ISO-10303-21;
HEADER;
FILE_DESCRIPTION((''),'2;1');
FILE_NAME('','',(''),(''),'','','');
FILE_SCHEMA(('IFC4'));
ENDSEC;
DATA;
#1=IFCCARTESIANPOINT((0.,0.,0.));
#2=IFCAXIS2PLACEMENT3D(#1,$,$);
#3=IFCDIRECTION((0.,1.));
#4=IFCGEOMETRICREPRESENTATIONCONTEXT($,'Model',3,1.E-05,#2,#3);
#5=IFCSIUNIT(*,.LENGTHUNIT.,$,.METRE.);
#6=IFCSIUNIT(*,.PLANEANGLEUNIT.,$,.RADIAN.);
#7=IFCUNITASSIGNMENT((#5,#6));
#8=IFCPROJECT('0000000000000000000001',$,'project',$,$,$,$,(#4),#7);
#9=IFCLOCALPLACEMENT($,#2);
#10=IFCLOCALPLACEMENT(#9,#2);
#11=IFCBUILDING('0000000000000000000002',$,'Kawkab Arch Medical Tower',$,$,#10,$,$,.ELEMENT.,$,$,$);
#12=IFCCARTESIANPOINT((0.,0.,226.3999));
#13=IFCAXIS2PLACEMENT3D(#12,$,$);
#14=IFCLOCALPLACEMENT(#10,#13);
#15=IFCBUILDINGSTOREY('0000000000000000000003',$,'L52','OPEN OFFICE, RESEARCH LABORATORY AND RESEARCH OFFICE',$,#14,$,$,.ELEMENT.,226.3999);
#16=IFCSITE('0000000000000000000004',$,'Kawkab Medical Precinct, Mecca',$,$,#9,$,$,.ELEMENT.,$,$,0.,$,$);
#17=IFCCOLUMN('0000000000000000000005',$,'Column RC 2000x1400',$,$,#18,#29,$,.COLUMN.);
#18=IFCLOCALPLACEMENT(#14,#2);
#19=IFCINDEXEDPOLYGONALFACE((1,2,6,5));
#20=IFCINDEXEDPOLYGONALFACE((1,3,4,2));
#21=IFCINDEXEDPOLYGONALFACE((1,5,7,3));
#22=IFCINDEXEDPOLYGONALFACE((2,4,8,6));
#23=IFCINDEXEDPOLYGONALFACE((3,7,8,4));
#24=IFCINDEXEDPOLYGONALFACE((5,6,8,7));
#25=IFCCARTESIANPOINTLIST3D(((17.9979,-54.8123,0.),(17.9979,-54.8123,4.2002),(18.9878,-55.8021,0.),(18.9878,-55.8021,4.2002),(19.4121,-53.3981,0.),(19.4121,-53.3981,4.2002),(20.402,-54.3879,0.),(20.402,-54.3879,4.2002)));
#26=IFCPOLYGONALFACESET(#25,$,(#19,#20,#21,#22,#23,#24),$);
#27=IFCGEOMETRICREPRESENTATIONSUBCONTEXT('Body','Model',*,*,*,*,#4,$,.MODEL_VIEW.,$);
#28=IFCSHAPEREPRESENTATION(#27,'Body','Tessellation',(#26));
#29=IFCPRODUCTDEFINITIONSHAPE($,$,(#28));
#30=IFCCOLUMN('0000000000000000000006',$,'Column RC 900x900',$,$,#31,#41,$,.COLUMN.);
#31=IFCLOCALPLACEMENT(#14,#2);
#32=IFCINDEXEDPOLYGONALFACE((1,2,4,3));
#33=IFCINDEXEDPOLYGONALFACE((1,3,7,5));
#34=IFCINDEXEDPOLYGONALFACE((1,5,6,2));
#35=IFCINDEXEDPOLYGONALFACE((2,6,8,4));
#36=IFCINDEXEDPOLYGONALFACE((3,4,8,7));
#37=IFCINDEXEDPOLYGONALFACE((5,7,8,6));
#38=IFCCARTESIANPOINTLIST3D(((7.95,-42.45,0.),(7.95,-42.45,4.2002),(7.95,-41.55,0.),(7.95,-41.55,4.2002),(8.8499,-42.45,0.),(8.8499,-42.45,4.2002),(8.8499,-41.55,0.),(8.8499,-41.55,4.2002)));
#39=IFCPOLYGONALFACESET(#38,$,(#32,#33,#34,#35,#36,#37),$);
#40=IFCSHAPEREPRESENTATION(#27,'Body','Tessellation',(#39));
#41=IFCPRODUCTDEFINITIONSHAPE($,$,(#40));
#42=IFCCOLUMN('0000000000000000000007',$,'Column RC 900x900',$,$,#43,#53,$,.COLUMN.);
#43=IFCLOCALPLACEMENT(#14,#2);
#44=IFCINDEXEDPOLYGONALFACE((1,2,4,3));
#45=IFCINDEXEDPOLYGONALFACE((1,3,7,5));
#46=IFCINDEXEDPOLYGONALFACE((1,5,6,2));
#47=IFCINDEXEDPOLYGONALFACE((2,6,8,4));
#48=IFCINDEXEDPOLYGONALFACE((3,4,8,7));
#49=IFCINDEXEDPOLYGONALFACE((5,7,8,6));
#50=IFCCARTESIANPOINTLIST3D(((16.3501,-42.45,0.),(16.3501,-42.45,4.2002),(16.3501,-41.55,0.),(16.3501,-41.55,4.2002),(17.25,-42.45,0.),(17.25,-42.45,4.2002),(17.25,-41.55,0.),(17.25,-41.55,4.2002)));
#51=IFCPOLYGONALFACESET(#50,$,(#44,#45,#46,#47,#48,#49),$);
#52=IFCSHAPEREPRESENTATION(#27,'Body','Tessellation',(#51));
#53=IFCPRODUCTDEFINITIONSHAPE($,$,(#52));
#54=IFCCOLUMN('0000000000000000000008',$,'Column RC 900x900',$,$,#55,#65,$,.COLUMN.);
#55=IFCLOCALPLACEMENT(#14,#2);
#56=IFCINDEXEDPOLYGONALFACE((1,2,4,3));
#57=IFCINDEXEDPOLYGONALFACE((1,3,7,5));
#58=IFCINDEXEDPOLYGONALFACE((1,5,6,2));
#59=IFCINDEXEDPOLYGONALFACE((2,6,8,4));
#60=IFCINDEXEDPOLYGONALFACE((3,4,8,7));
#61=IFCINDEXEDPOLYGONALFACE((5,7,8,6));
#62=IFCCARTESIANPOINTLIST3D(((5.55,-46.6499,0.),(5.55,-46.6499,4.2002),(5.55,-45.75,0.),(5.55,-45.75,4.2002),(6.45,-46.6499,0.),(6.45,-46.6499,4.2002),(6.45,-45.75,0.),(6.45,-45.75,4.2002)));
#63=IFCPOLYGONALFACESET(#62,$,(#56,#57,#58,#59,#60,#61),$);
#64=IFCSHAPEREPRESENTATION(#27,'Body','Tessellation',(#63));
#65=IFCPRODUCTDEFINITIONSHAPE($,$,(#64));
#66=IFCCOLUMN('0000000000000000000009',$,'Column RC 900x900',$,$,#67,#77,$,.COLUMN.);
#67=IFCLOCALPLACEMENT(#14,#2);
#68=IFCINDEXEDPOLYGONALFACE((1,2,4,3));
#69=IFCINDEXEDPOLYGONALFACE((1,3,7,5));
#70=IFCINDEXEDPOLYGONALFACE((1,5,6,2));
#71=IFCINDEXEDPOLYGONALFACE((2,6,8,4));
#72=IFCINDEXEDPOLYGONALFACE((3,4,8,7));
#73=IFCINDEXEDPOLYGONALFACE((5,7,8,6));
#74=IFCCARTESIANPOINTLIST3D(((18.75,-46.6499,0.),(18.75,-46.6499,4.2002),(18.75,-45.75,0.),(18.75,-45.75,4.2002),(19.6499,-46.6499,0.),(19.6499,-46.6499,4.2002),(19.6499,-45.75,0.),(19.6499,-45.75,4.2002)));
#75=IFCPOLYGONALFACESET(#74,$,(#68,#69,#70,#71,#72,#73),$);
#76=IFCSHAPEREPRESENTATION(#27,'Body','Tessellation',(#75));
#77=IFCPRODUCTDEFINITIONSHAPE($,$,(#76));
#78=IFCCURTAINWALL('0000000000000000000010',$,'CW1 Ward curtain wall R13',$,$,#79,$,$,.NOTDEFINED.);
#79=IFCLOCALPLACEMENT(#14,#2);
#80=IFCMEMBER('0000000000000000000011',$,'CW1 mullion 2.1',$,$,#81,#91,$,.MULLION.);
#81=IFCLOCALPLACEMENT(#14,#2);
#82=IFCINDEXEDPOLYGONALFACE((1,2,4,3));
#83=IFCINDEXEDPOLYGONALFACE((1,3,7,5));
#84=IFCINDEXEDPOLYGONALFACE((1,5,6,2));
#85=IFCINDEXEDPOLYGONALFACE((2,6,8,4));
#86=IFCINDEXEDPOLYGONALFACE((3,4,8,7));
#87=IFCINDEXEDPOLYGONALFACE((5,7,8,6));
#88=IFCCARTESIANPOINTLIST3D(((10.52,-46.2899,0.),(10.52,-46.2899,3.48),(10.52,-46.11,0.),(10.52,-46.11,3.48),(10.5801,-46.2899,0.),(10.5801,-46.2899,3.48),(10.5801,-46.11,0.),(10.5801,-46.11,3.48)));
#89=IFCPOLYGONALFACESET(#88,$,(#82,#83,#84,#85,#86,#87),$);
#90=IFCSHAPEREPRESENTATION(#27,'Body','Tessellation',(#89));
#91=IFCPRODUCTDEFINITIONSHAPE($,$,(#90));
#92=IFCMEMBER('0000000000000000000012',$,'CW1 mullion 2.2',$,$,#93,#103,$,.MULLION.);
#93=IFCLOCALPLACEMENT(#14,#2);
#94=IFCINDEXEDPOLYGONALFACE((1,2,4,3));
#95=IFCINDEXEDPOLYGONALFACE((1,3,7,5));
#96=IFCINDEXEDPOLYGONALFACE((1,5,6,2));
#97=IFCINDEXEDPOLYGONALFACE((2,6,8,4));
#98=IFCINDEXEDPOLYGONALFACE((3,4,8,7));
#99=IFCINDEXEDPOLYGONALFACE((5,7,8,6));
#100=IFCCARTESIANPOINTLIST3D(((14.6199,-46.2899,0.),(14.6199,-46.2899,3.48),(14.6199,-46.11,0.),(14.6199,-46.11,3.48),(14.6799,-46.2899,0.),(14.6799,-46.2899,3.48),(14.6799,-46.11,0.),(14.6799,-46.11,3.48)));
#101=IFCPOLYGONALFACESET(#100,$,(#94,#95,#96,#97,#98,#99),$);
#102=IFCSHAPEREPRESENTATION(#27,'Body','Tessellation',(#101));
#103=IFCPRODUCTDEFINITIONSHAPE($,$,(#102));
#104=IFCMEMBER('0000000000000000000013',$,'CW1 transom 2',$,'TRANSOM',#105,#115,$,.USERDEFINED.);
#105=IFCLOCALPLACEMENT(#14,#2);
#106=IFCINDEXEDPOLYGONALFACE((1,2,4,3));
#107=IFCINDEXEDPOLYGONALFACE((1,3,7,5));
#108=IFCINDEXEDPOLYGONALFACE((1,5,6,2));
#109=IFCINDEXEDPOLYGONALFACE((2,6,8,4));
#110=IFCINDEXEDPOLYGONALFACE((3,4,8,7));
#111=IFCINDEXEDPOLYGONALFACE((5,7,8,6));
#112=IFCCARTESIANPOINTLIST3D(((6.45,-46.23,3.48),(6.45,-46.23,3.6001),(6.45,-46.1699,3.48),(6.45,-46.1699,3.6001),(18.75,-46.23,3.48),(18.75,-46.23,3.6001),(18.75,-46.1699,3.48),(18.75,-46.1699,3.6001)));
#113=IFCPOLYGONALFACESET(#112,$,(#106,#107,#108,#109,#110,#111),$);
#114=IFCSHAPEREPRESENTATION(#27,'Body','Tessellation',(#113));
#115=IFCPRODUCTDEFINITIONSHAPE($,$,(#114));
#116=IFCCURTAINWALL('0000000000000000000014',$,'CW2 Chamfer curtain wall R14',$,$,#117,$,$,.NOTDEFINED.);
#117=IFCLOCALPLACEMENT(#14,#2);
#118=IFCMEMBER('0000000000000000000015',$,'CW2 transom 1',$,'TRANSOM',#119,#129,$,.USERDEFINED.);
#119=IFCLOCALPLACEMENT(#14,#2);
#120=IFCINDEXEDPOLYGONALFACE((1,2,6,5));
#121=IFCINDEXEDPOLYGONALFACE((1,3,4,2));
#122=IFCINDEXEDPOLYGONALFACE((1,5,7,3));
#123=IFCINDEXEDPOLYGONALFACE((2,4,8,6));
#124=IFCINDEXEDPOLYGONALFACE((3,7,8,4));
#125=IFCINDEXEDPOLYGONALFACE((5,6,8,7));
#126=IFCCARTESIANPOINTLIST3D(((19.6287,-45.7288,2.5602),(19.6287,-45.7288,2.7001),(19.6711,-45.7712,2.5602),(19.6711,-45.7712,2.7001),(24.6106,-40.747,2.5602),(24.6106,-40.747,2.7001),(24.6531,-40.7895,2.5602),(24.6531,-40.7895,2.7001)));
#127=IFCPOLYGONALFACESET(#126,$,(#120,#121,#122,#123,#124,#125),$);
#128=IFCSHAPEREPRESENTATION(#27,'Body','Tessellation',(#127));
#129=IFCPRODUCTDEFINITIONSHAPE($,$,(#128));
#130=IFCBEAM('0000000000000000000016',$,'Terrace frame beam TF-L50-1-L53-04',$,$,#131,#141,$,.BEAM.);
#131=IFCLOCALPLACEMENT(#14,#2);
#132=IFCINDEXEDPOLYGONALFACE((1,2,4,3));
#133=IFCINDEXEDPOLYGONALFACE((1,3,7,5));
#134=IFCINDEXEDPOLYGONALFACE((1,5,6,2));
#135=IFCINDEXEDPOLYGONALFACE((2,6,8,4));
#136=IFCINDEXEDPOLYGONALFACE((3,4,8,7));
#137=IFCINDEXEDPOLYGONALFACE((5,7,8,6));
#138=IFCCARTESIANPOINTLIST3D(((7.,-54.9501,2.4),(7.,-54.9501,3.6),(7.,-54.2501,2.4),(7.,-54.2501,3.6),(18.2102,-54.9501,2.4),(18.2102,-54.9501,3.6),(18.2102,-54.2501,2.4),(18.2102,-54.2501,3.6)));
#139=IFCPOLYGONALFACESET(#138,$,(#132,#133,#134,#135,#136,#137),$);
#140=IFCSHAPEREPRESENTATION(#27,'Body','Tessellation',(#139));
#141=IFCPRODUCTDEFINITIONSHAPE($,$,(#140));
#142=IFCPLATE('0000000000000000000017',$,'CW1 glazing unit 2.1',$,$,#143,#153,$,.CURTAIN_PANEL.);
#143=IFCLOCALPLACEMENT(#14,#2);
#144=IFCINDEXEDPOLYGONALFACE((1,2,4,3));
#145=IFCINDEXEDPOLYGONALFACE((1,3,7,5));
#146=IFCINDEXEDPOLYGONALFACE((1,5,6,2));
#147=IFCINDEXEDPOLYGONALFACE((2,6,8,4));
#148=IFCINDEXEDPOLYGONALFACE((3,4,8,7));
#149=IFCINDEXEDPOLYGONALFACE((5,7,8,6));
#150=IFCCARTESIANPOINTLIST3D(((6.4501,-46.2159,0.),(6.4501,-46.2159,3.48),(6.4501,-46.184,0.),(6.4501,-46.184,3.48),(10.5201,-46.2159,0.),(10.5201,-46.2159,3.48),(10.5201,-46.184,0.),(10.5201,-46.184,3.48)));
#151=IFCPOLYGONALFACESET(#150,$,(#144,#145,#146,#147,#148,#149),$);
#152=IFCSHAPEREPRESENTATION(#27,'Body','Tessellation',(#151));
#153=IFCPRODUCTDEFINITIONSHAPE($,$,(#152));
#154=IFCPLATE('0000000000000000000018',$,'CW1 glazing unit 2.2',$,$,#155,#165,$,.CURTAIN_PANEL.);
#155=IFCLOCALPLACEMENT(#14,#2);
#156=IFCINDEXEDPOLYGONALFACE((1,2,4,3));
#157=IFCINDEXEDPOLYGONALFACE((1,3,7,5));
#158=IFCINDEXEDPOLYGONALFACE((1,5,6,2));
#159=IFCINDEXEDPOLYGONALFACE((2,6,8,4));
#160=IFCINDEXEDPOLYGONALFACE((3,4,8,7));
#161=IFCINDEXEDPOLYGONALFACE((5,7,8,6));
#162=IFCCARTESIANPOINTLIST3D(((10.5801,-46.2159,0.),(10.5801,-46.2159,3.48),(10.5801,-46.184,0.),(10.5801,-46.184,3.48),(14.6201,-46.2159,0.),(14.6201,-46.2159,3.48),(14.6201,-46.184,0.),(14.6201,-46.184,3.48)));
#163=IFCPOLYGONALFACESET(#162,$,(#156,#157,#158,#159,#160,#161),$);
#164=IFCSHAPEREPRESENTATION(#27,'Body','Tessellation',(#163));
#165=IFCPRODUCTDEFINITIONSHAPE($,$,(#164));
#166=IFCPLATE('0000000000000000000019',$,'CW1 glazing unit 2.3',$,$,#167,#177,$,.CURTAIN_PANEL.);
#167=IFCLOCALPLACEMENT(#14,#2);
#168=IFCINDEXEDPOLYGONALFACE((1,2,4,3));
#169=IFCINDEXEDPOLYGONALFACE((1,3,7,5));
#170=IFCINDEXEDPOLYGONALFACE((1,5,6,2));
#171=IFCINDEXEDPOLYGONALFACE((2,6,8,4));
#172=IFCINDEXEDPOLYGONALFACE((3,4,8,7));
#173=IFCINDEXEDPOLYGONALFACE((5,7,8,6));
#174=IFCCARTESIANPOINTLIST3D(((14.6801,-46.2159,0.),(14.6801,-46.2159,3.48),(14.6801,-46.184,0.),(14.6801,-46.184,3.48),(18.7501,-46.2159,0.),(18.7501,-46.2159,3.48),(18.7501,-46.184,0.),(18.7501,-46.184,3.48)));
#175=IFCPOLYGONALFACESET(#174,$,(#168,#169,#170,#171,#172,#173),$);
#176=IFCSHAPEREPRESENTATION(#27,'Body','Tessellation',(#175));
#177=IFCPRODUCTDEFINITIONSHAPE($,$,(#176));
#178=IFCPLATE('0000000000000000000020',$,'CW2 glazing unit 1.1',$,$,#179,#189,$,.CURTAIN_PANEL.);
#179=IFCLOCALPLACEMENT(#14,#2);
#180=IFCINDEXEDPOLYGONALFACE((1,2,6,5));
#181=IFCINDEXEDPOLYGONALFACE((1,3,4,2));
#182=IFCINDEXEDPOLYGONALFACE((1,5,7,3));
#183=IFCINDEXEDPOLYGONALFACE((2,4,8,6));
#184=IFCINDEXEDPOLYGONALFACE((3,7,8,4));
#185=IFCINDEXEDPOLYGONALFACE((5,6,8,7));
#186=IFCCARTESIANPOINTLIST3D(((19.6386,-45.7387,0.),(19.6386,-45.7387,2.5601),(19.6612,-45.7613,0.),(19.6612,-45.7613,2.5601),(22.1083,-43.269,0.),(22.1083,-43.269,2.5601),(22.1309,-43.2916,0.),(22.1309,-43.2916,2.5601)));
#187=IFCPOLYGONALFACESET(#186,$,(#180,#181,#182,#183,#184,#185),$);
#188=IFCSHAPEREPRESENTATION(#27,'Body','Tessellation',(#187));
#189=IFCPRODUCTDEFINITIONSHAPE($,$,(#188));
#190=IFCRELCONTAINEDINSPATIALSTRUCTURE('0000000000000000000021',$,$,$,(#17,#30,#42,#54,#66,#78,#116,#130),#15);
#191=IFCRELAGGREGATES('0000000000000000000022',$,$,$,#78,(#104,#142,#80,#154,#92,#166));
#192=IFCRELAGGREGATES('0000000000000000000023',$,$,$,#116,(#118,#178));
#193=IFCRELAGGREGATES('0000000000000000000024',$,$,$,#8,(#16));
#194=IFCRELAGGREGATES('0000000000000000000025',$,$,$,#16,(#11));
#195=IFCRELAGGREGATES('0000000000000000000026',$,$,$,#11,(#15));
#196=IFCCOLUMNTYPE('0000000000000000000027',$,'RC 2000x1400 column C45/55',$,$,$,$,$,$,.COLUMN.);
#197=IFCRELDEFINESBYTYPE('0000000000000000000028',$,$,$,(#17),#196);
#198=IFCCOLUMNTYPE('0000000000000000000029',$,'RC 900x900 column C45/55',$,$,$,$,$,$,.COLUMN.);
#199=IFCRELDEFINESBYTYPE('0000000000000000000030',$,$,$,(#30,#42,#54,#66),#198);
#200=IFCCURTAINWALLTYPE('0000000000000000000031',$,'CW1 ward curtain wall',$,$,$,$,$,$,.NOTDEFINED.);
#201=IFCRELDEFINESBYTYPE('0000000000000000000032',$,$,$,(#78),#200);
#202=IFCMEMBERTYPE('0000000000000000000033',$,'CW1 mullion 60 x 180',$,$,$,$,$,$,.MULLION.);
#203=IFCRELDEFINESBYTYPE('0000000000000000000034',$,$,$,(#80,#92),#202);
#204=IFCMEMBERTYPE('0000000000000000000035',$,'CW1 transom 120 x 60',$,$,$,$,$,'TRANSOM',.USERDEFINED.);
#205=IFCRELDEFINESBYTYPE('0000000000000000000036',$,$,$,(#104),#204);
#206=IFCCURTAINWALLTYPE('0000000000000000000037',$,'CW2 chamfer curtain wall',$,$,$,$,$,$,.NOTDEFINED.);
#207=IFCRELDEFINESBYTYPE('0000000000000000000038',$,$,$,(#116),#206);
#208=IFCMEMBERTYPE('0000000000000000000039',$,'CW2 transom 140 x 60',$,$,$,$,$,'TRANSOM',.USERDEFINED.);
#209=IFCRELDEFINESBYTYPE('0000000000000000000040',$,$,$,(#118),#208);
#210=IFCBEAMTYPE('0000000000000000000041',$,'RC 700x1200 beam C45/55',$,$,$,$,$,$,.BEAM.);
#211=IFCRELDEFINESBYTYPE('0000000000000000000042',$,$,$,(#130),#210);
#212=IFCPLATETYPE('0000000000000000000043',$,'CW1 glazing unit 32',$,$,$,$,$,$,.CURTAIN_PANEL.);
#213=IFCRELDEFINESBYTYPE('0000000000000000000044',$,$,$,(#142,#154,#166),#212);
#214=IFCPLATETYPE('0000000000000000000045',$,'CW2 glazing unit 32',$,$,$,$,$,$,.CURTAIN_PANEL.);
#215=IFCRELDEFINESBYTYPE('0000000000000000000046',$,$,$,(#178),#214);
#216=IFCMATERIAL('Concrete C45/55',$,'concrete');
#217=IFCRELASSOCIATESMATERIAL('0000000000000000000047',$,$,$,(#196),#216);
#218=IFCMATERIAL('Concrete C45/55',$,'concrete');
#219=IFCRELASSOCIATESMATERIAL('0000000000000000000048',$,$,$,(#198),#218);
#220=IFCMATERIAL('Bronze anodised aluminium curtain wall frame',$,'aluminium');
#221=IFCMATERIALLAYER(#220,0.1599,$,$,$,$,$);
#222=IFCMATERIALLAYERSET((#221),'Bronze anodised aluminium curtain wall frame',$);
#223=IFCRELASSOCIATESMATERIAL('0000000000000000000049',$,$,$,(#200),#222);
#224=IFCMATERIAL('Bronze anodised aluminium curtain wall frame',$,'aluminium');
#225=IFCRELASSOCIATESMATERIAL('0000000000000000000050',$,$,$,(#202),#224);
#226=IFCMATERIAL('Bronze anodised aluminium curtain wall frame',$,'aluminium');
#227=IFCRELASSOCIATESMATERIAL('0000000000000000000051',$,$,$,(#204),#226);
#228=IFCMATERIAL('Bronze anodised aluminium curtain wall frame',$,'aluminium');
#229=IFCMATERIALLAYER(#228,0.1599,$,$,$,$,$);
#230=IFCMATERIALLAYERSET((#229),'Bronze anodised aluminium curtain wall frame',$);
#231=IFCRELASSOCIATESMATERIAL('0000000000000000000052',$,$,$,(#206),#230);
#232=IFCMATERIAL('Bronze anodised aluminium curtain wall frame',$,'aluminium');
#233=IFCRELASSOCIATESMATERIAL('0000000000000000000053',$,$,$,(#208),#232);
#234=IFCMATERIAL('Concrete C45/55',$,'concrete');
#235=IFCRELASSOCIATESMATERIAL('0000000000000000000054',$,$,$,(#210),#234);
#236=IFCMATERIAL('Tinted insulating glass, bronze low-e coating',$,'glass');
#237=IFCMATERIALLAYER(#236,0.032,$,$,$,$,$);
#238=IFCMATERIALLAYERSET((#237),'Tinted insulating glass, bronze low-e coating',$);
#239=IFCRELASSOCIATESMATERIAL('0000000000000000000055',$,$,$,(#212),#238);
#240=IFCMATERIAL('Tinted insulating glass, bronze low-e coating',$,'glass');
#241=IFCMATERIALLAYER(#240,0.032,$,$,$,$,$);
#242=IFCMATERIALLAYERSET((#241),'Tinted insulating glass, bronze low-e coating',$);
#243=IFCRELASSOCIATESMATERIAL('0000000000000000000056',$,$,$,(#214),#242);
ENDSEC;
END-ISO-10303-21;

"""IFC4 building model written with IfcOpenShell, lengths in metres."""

from ifc_helpers import new_model, si_unit, direction, frame, origin, origin_2d, place, context, subcontext, project, spatial, rectangle, extrude, material, layer, layer_set, material_profile, profile_set, type_object, element, aggregate, save


model = new_model("IFC4")

# Units and contexts
model_context = context("Model", 3, precision=1e-05, world=origin(), true_north=direction((0.0, 1.0)))
body_context = subcontext(model_context, "Body", "Model", "MODEL_VIEW")
ifc_project = project(units=[si_unit("LENGTHUNIT", "METRE"), si_unit("PLANEANGLEUNIT", "RADIAN")], contexts=[model_context])

# Site, building, storey
site_placement = place(None, origin())
site = spatial("IfcSite", under=ifc_project, at=site_placement, Name="Kawkab Medical Precinct, Mecca", CompositionType="ELEMENT", RefElevation=0.0)
building_placement = place(site_placement, origin())
building = spatial("IfcBuilding", under=site, at=building_placement, Name="Kawkab Arch Medical Tower", CompositionType="ELEMENT")
storey_placement = place(building_placement, frame((0.0, 0.0, 226.3999)))
storey = spatial("IfcBuildingStorey", under=building, at=storey_placement, Name="L52", Description="OPEN OFFICE, RESEARCH LABORATORY AND RESEARCH OFFICE", CompositionType="ELEMENT", Elevation=226.3999)

# Columns
ifc_material_1 = material(Name="Concrete C45/55", Category="concrete")
ifc_material_profile_1 = material_profile(ifc_material_1, rectangle(XDim=2.0, YDim=1.3999, at=origin_2d()), Name="RC 2000x1400")
ifc_profile_set_1 = profile_set([ifc_material_profile_1], Name="Concrete C45/55")
column_type_1 = type_object("IfcColumnType", Name="RC 2000x1400 column C45/55", PredefinedType="COLUMN", material=ifc_profile_set_1)
column_placement = place(storey_placement, frame((19.2, -54.6001, 0.0), z_axis=(0.0, 0.0, 1.0), x_axis=(-0.707107, -0.707107, 0.0)))
element("IfcColumn", 1, at=column_placement, inside=storey, type_object=column_type_1, Name="Column RC 2000x1400", PredefinedType="COLUMN", context=body_context, shape_type="SweptSolid", body=[
    extrude(rectangle(XDim=2.0, YDim=1.3999, at=origin_2d()), origin(), (0.0, 0.0, 1.0), 4.2002),
])
ifc_material_2 = material(Name="Concrete C45/55", Category="concrete")
ifc_material_profile_2 = material_profile(ifc_material_2, rectangle(XDim=0.8999, YDim=0.8999, at=origin_2d()), Name="RC 900x900")
ifc_profile_set_2 = profile_set([ifc_material_profile_2], Name="Concrete C45/55")
column_type_2 = type_object("IfcColumnType", Name="RC 900x900 column C45/55", PredefinedType="COLUMN", material=ifc_profile_set_2)
for number, where, z_axis, x_axis, name in (
    (2, (8.3999, -42.0, 0.0), (0.0, 0.0, 1.0), (1.0, 0.0, 0.0), "Column RC 900x900"),
    (3, (16.8, -42.0, 0.0), (0.0, 0.0, 1.0), (1.0, 0.0, 0.0), "Column RC 900x900"),
    (4, (6.0, -46.2, 0.0), (0.0, 0.0, 1.0), (1.0, 0.0, 0.0), "Column RC 900x900"),
    (5, (19.2, -46.2, 0.0), (0.0, 0.0, 1.0), (1.0, 0.0, 0.0), "Column RC 900x900"),
):
    element("IfcColumn", number, at=place(storey_placement, frame(where, z_axis=z_axis, x_axis=x_axis)), inside=storey, type_object=column_type_2, Name=name, PredefinedType="COLUMN", context=body_context, shape_type="SweptSolid", body=[
        extrude(rectangle(XDim=0.8999, YDim=0.8999, at=origin_2d()), origin(), (0.0, 0.0, 1.0), 4.2002),
    ])

# Curtain wall, members
ifc_material_3 = material(Name="Bronze anodised aluminium curtain wall frame", Category="aluminium")
ifc_layer_1 = layer(ifc_material_3, 0.1599)
ifc_layer_set_1 = layer_set([ifc_layer_1], Name="Bronze anodised aluminium curtain wall frame")
curtain_wall_type_1 = type_object("IfcCurtainWallType", Name="CW1 ward curtain wall", PredefinedType="NOTDEFINED", material=ifc_layer_set_1)
placement = place(storey_placement, origin())
curtain_wall_1 = element("IfcCurtainWall", 6, at=placement, inside=storey, type_object=curtain_wall_type_1, Name="CW1 Ward curtain wall R13", PredefinedType="NOTDEFINED")
ifc_material_4 = material(Name="Bronze anodised aluminium curtain wall frame", Category="aluminium")
ifc_material_profile_3 = material_profile(ifc_material_4, rectangle(XDim=0.1799, YDim=0.0601, at=origin_2d()), Name="AL 60x180")
ifc_profile_set_3 = profile_set([ifc_material_profile_3], Name="Bronze anodised aluminium curtain wall frame")
member_type_1 = type_object("IfcMemberType", Name="CW1 mullion 60 x 180", PredefinedType="MULLION", material=ifc_profile_set_3)
member_1_placement = place(storey_placement, frame((10.55, -46.2, 0.0), z_axis=(0.0, 0.0, 1.0), x_axis=(0.0, 1.0, 0.0)))
member_1 = element("IfcMember", 7, at=member_1_placement, type_object=member_type_1, Name="CW1 mullion 2.1", PredefinedType="MULLION", context=body_context, shape_type="SweptSolid", body=[
    extrude(rectangle(XDim=0.1799, YDim=0.0601, at=origin_2d()), origin(), (0.0, 0.0, 1.0), 3.48),
])
member_2_placement = place(storey_placement, frame((14.6499, -46.2, 0.0), z_axis=(0.0, 0.0, 1.0), x_axis=(0.0, 1.0, 0.0)))
member_2 = element("IfcMember", 8, at=member_2_placement, type_object=member_type_1, Name="CW1 mullion 2.2", PredefinedType="MULLION", context=body_context, shape_type="SweptSolid", body=[
    extrude(rectangle(XDim=0.1799, YDim=0.0601, at=origin_2d()), origin(), (0.0, 0.0, 1.0), 3.48),
])
ifc_material_5 = material(Name="Bronze anodised aluminium curtain wall frame", Category="aluminium")
ifc_material_profile_4 = material_profile(ifc_material_5, rectangle(XDim=0.0601, YDim=0.1201, at=origin_2d()), Name="AL 60x120")
ifc_profile_set_4 = profile_set([ifc_material_profile_4], Name="Bronze anodised aluminium curtain wall frame")
member_type_2 = type_object("IfcMemberType", Name="CW1 transom 120 x 60", ElementType="TRANSOM", PredefinedType="USERDEFINED", material=ifc_profile_set_4)
member_3_placement = place(storey_placement, frame((6.45, -46.2, 3.54), z_axis=(1.0, 0.0, 0.0), x_axis=(0.0, 1.0, 0.0)))
member_3 = element("IfcMember", 9, at=member_3_placement, type_object=member_type_2, Name="CW1 transom 2", ObjectType="TRANSOM", PredefinedType="USERDEFINED", context=body_context, shape_type="SweptSolid", body=[
    extrude(rectangle(XDim=0.0601, YDim=0.1201, at=origin_2d()), origin(), (0.0, 0.0, 1.0), 12.3),
])

# Curtain wall, member
ifc_material_6 = material(Name="Bronze anodised aluminium curtain wall frame", Category="aluminium")
ifc_layer_2 = layer(ifc_material_6, 0.1599)
ifc_layer_set_2 = layer_set([ifc_layer_2], Name="Bronze anodised aluminium curtain wall frame")
curtain_wall_type_2 = type_object("IfcCurtainWallType", Name="CW2 chamfer curtain wall", PredefinedType="NOTDEFINED", material=ifc_layer_set_2)
curtain_wall_2 = element("IfcCurtainWall", 10, at=placement, inside=storey, type_object=curtain_wall_type_2, Name="CW2 Chamfer curtain wall R14", PredefinedType="NOTDEFINED")
ifc_material_7 = material(Name="Bronze anodised aluminium curtain wall frame", Category="aluminium")
ifc_material_profile_5 = material_profile(ifc_material_7, rectangle(XDim=0.0601, YDim=0.1399, at=origin_2d()), Name="AL 60x140")
ifc_profile_set_5 = profile_set([ifc_material_profile_5], Name="Bronze anodised aluminium curtain wall frame")
member_type_3 = type_object("IfcMemberType", Name="CW2 transom 140 x 60", ElementType="TRANSOM", PredefinedType="USERDEFINED", material=ifc_profile_set_5)
member_4_placement = place(storey_placement, frame((19.6499, -45.75, 2.6301), z_axis=(0.707124, 0.707089, 0.0), x_axis=(-0.707089, 0.707124, 0.0)))
member_4 = element("IfcMember", 11, at=member_4_placement, type_object=member_type_3, Name="CW2 transom 1", ObjectType="TRANSOM", PredefinedType="USERDEFINED", context=body_context, shape_type="SweptSolid", body=[
    extrude(rectangle(XDim=0.0601, YDim=0.1399, at=origin_2d()), origin(), (0.0, 0.0, 1.0), 7.0454),
])

# Beam
ifc_material_8 = material(Name="Concrete C45/55", Category="concrete")
ifc_material_profile_6 = material_profile(ifc_material_8, rectangle(XDim=0.7, YDim=1.2, at=origin_2d()), Name="RC 700x1200")
ifc_profile_set_6 = profile_set([ifc_material_profile_6], Name="Concrete C45/55")
beam_type = type_object("IfcBeamType", Name="RC 700x1200 beam C45/55", PredefinedType="BEAM", material=ifc_profile_set_6)
beam_placement = place(storey_placement, frame((18.2102, -54.6001, 3.0), z_axis=(-1.0, 0.0, 0.0), x_axis=(0.0, -1.0, 0.0)))
element("IfcBeam", 12, at=beam_placement, inside=storey, type_object=beam_type, Name="Terrace frame beam TF-L50-1-L53-04", PredefinedType="BEAM", context=body_context, shape_type="SweptSolid", body=[
    extrude(rectangle(XDim=0.7, YDim=1.2, at=origin_2d()), origin(), (0.0, 0.0, 1.0), 11.2102),
])

# Plates
ifc_material_9 = material(Name="Tinted insulating glass, bronze low-e coating", Category="glass")
ifc_layer_3 = layer(ifc_material_9, 0.032)
ifc_layer_set_3 = layer_set([ifc_layer_3], Name="Tinted insulating glass, bronze low-e coating")
plate_type_1 = type_object("IfcPlateType", Name="CW1 glazing unit 32", PredefinedType="CURTAIN_PANEL", material=ifc_layer_set_3)
plate_1_placement = place(storey_placement, frame((8.4851, -46.2, 0.0), z_axis=(0.0, 0.0, 1.0), x_axis=(1.0, 0.0, 0.0)))
plate_1 = element("IfcPlate", 13, at=plate_1_placement, type_object=plate_type_1, Name="CW1 glazing unit 2.1", PredefinedType="CURTAIN_PANEL", context=body_context, shape_type="SweptSolid", body=[
    extrude(rectangle(XDim=4.0701, YDim=0.032, at=origin_2d()), origin(), (0.0, 0.0, 1.0), 3.48),
])
plate_2_placement = place(storey_placement, frame((12.6001, -46.2, 0.0), z_axis=(0.0, 0.0, 1.0), x_axis=(1.0, 0.0, 0.0)))
plate_2 = element("IfcPlate", 14, at=plate_2_placement, type_object=plate_type_1, Name="CW1 glazing unit 2.2", PredefinedType="CURTAIN_PANEL", context=body_context, shape_type="SweptSolid", body=[
    extrude(rectangle(XDim=4.04, YDim=0.032, at=origin_2d()), origin(), (0.0, 0.0, 1.0), 3.48),
])
plate_3_placement = place(storey_placement, frame((16.7151, -46.2, 0.0), z_axis=(0.0, 0.0, 1.0), x_axis=(1.0, 0.0, 0.0)))
plate_3 = element("IfcPlate", 15, at=plate_3_placement, type_object=plate_type_1, Name="CW1 glazing unit 2.3", PredefinedType="CURTAIN_PANEL", context=body_context, shape_type="SweptSolid", body=[
    extrude(rectangle(XDim=4.0701, YDim=0.032, at=origin_2d()), origin(), (0.0, 0.0, 1.0), 3.48),
])
aggregate(curtain_wall_1, [member_3, plate_1, member_1, plate_2, member_2, plate_3])
ifc_material_10 = material(Name="Tinted insulating glass, bronze low-e coating", Category="glass")
ifc_layer_4 = layer(ifc_material_10, 0.032)
ifc_layer_set_4 = layer_set([ifc_layer_4], Name="Tinted insulating glass, bronze low-e coating")
plate_type_2 = type_object("IfcPlateType", Name="CW2 glazing unit 32", PredefinedType="CURTAIN_PANEL", material=ifc_layer_set_4)
plate_4_placement = place(storey_placement, frame((20.8848, -44.5151, 0.0), z_axis=(0.0, 0.0, 1.0), x_axis=(0.707107, 0.707107, 0.0)))
plate_4 = element("IfcPlate", 16, at=plate_4_placement, type_object=plate_type_2, Name="CW2 glazing unit 1.1", PredefinedType="CURTAIN_PANEL", context=body_context, shape_type="SweptSolid", body=[
    extrude(rectangle(XDim=3.4927, YDim=0.032, at=origin_2d()), origin(), (0.0, 0.0, 1.0), 2.5601),
])
aggregate(curtain_wall_2, [member_4, plate_4])

save(model, "model.ifc")
